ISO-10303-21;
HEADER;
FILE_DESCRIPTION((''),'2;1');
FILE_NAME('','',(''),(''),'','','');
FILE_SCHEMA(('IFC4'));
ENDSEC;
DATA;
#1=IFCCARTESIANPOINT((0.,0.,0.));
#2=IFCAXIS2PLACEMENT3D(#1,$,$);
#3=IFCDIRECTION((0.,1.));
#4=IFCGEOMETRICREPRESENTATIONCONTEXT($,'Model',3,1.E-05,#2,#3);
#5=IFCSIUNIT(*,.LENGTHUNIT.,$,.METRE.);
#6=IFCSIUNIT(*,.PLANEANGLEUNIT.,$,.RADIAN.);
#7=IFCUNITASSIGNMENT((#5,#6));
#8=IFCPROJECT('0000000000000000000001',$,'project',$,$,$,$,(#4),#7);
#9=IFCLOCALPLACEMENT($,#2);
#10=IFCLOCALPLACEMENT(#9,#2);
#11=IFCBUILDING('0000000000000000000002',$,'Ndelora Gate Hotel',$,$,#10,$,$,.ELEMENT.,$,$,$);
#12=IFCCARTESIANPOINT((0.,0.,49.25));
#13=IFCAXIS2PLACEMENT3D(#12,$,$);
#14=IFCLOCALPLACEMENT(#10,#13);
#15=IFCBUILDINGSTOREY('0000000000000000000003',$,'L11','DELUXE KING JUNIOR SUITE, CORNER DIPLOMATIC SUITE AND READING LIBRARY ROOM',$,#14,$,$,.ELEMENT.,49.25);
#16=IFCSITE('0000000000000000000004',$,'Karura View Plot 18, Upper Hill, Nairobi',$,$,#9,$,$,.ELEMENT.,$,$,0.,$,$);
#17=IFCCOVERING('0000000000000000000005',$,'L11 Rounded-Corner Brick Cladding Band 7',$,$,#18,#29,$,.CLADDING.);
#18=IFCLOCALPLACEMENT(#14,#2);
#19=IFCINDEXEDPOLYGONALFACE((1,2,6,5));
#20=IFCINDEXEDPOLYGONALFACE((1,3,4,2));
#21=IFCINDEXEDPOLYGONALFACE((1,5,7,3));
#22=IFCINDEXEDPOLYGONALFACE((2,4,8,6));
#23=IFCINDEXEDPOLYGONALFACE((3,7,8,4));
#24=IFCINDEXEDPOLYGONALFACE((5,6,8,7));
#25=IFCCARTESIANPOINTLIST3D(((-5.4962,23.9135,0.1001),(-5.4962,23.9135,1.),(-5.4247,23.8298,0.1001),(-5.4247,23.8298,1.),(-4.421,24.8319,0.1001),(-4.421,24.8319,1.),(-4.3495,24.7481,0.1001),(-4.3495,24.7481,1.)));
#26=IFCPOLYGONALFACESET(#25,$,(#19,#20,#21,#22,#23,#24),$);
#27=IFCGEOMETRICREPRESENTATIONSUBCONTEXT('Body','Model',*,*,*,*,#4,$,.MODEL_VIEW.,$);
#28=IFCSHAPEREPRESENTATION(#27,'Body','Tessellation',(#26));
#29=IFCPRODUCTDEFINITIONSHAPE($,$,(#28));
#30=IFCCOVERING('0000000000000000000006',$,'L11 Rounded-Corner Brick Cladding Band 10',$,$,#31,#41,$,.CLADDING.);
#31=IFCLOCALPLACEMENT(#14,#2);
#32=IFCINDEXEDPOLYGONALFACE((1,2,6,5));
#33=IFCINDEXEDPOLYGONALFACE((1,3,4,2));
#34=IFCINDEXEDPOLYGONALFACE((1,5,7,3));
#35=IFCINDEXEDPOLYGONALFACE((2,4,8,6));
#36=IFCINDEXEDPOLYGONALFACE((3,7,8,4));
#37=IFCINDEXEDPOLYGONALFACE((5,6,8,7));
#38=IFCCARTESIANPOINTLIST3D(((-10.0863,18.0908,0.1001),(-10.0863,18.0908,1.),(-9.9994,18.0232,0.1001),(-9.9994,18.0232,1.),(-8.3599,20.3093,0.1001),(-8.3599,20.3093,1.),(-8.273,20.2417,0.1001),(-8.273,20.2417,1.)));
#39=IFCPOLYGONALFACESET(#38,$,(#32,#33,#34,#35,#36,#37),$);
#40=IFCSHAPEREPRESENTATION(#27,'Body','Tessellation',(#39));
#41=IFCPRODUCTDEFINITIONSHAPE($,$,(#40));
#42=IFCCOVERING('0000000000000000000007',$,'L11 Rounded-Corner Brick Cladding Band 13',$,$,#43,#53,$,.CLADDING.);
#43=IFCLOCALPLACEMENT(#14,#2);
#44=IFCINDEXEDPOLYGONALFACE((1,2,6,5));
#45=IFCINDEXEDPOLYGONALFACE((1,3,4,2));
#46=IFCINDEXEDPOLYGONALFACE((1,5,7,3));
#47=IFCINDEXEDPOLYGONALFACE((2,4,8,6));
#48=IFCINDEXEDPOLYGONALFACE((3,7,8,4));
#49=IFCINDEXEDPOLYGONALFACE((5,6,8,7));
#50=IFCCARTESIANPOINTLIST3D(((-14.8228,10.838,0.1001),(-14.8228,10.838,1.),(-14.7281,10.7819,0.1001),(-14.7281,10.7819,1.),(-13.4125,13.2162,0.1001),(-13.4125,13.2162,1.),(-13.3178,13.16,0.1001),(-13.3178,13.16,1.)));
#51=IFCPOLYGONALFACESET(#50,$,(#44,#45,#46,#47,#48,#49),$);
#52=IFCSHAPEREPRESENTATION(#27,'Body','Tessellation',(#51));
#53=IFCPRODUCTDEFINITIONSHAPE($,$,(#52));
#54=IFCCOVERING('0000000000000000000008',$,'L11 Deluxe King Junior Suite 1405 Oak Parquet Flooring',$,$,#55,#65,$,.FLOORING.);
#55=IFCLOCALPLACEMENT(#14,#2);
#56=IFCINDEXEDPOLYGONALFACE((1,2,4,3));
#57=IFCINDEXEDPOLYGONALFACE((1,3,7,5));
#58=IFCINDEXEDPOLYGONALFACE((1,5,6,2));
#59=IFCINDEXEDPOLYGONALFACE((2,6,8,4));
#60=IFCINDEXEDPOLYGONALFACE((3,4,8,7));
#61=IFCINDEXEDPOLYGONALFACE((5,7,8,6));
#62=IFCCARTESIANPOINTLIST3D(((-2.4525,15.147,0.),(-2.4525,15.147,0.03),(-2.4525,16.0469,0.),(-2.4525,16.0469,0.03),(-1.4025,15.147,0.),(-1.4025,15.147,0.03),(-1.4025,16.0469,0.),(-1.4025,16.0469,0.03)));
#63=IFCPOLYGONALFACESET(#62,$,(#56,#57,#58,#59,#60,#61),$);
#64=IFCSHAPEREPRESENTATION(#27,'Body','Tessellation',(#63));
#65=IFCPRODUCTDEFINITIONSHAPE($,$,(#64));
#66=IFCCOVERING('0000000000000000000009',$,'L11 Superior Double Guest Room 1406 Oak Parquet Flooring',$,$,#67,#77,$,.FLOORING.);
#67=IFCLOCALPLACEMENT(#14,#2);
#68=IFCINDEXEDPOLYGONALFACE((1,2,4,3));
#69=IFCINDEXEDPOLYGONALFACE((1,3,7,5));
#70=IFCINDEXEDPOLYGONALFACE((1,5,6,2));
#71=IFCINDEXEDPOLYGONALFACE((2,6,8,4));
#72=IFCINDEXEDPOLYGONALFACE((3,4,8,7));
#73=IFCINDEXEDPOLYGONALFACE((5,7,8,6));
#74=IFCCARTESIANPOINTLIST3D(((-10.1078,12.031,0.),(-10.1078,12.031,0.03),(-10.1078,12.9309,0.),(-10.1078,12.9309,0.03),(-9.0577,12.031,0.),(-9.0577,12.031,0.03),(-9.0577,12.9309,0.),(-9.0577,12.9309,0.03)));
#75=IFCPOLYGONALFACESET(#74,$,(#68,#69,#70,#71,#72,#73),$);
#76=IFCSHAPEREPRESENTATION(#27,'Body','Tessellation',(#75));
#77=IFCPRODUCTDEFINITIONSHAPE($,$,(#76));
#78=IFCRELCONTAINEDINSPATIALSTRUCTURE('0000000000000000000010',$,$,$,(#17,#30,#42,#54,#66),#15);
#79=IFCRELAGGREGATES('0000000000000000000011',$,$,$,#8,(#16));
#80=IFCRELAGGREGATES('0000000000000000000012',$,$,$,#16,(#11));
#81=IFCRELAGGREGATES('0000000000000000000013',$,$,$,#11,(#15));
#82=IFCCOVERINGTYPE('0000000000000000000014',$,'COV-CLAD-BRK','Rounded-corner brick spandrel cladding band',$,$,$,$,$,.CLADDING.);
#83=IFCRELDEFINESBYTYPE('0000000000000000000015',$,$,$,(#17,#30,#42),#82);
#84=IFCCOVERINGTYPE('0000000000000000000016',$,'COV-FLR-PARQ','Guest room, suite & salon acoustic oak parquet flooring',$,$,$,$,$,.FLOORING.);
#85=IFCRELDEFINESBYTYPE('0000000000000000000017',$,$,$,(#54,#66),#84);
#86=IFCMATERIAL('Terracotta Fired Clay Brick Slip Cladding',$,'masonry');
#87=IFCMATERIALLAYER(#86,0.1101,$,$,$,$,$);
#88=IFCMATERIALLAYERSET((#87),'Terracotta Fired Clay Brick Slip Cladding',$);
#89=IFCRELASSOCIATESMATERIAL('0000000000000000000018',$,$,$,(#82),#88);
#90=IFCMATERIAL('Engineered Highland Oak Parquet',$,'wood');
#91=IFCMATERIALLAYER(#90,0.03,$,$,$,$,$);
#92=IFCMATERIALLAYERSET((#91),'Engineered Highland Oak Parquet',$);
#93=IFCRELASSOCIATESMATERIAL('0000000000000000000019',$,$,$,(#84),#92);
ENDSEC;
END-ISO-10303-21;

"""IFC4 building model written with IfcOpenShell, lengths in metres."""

from ifc_helpers import new_model, si_unit, direction, frame, origin, origin_2d, place, context, subcontext, project, spatial, rectangle, extrude, material, layer, layer_set, type_object, element, save


model = new_model("IFC4")

# Units and contexts
model_context = context("Model", 3, precision=1e-05, world=origin(), true_north=direction((0.0, 1.0)))
body_context = subcontext(model_context, "Body", "Model", "MODEL_VIEW")
ifc_project = project(units=[si_unit("LENGTHUNIT", "METRE"), si_unit("PLANEANGLEUNIT", "RADIAN")], contexts=[model_context])

# Site, building, storey
site_placement = place(None, origin())
site = spatial("IfcSite", under=ifc_project, at=site_placement, Name="Karura View Plot 18, Upper Hill, Nairobi", CompositionType="ELEMENT", RefElevation=0.0)
building_placement = place(site_placement, origin())
building = spatial("IfcBuilding", under=site, at=building_placement, Name="Ndelora Gate Hotel", CompositionType="ELEMENT")
storey_placement = place(building_placement, frame((0.0, 0.0, 49.25)))
storey = spatial("IfcBuildingStorey", under=building, at=storey_placement, Name="L11", Description="DELUXE KING JUNIOR SUITE, CORNER DIPLOMATIC SUITE AND READING LIBRARY ROOM", CompositionType="ELEMENT", Elevation=49.25)

# Coverings
ifc_material_1 = material(Name="Terracotta Fired Clay Brick Slip Cladding", Category="masonry")
ifc_layer_1 = layer(ifc_material_1, 0.1101)
ifc_layer_set_1 = layer_set([ifc_layer_1], Name="Terracotta Fired Clay Brick Slip Cladding")
covering_type_1 = type_object("IfcCoveringType", Name="COV-CLAD-BRK", Description="Rounded-corner brick spandrel cladding band", PredefinedType="CLADDING", material=ifc_layer_set_1)
for number, where, z_axis, x_axis, name in (
    (1, (-4.9229, 24.3308, 0.1001), (0.0, 0.0, 1.0), (0.760406, 0.649448, 0.0), "L11 Rounded-Corner Brick Cladding Band 7"),
):
    element("IfcCovering", number, at=place(storey_placement, frame(where, z_axis=z_axis, x_axis=x_axis)), inside=storey, type_object=covering_type_1, Name=name, PredefinedType="CLADDING", context=body_context, shape_type="SweptSolid", body=[
        extrude(rectangle(XDim=1.4141, YDim=0.1101, at=origin_2d()), origin(), (0.0, 0.0, 1.0), 0.8999),
    ])
covering_1_placement = place(storey_placement, frame((-9.1797, 19.1663, 0.1001), z_axis=(0.0, 0.0, 1.0), x_axis=(0.614147, 0.789191, 0.0)))
element("IfcCovering", 2, at=covering_1_placement, inside=storey, type_object=covering_type_1, Name="L11 Rounded-Corner Brick Cladding Band 10", PredefinedType="CLADDING", context=body_context, shape_type="SweptSolid", body=[
    extrude(rectangle(XDim=2.811, YDim=0.1101, at=origin_2d()), origin(), (0.0, 0.0, 1.0), 0.8999),
])
covering_2_placement = place(storey_placement, frame((-14.0703, 11.999, 0.1001), z_axis=(0.0, 0.0, 1.0), x_axis=(0.510093, 0.860119, 0.0)))
element("IfcCovering", 3, at=covering_2_placement, inside=storey, type_object=covering_type_1, Name="L11 Rounded-Corner Brick Cladding Band 13", PredefinedType="CLADDING", context=body_context, shape_type="SweptSolid", body=[
    extrude(rectangle(XDim=2.7649, YDim=0.1101, at=origin_2d()), origin(), (0.0, 0.0, 1.0), 0.8999),
])
ifc_material_2 = material(Name="Engineered Highland Oak Parquet", Category="wood")
ifc_layer_2 = layer(ifc_material_2, 0.03)
ifc_layer_set_2 = layer_set([ifc_layer_2], Name="Engineered Highland Oak Parquet")
covering_type_2 = type_object("IfcCoveringType", Name="COV-FLR-PARQ", Description="Guest room, suite & salon acoustic oak parquet flooring", PredefinedType="FLOORING", material=ifc_layer_set_2)
for number, where, z_axis, x_axis, name in (
    (4, (-1.9275, 15.5969, 0.0), (0.0, 0.0, 1.0), (1.0, 0.0, 0.0), "L11 Deluxe King Junior Suite 1405 Oak Parquet Flooring"),
    (5, (-9.5828, 12.481, 0.0), (0.0, 0.0, 1.0), (1.0, 0.0, 0.0), "L11 Superior Double Guest Room 1406 Oak Parquet Flooring"),
):
    element("IfcCovering", number, at=place(storey_placement, frame(where, z_axis=z_axis, x_axis=x_axis)), inside=storey, type_object=covering_type_2, Name=name, PredefinedType="FLOORING", context=body_context, shape_type="SweptSolid", body=[
        extrude(rectangle(XDim=1.05, YDim=0.8999, at=origin_2d()), origin(), (0.0, 0.0, 1.0), 0.03),
    ])

save(model, "model.ifc")
